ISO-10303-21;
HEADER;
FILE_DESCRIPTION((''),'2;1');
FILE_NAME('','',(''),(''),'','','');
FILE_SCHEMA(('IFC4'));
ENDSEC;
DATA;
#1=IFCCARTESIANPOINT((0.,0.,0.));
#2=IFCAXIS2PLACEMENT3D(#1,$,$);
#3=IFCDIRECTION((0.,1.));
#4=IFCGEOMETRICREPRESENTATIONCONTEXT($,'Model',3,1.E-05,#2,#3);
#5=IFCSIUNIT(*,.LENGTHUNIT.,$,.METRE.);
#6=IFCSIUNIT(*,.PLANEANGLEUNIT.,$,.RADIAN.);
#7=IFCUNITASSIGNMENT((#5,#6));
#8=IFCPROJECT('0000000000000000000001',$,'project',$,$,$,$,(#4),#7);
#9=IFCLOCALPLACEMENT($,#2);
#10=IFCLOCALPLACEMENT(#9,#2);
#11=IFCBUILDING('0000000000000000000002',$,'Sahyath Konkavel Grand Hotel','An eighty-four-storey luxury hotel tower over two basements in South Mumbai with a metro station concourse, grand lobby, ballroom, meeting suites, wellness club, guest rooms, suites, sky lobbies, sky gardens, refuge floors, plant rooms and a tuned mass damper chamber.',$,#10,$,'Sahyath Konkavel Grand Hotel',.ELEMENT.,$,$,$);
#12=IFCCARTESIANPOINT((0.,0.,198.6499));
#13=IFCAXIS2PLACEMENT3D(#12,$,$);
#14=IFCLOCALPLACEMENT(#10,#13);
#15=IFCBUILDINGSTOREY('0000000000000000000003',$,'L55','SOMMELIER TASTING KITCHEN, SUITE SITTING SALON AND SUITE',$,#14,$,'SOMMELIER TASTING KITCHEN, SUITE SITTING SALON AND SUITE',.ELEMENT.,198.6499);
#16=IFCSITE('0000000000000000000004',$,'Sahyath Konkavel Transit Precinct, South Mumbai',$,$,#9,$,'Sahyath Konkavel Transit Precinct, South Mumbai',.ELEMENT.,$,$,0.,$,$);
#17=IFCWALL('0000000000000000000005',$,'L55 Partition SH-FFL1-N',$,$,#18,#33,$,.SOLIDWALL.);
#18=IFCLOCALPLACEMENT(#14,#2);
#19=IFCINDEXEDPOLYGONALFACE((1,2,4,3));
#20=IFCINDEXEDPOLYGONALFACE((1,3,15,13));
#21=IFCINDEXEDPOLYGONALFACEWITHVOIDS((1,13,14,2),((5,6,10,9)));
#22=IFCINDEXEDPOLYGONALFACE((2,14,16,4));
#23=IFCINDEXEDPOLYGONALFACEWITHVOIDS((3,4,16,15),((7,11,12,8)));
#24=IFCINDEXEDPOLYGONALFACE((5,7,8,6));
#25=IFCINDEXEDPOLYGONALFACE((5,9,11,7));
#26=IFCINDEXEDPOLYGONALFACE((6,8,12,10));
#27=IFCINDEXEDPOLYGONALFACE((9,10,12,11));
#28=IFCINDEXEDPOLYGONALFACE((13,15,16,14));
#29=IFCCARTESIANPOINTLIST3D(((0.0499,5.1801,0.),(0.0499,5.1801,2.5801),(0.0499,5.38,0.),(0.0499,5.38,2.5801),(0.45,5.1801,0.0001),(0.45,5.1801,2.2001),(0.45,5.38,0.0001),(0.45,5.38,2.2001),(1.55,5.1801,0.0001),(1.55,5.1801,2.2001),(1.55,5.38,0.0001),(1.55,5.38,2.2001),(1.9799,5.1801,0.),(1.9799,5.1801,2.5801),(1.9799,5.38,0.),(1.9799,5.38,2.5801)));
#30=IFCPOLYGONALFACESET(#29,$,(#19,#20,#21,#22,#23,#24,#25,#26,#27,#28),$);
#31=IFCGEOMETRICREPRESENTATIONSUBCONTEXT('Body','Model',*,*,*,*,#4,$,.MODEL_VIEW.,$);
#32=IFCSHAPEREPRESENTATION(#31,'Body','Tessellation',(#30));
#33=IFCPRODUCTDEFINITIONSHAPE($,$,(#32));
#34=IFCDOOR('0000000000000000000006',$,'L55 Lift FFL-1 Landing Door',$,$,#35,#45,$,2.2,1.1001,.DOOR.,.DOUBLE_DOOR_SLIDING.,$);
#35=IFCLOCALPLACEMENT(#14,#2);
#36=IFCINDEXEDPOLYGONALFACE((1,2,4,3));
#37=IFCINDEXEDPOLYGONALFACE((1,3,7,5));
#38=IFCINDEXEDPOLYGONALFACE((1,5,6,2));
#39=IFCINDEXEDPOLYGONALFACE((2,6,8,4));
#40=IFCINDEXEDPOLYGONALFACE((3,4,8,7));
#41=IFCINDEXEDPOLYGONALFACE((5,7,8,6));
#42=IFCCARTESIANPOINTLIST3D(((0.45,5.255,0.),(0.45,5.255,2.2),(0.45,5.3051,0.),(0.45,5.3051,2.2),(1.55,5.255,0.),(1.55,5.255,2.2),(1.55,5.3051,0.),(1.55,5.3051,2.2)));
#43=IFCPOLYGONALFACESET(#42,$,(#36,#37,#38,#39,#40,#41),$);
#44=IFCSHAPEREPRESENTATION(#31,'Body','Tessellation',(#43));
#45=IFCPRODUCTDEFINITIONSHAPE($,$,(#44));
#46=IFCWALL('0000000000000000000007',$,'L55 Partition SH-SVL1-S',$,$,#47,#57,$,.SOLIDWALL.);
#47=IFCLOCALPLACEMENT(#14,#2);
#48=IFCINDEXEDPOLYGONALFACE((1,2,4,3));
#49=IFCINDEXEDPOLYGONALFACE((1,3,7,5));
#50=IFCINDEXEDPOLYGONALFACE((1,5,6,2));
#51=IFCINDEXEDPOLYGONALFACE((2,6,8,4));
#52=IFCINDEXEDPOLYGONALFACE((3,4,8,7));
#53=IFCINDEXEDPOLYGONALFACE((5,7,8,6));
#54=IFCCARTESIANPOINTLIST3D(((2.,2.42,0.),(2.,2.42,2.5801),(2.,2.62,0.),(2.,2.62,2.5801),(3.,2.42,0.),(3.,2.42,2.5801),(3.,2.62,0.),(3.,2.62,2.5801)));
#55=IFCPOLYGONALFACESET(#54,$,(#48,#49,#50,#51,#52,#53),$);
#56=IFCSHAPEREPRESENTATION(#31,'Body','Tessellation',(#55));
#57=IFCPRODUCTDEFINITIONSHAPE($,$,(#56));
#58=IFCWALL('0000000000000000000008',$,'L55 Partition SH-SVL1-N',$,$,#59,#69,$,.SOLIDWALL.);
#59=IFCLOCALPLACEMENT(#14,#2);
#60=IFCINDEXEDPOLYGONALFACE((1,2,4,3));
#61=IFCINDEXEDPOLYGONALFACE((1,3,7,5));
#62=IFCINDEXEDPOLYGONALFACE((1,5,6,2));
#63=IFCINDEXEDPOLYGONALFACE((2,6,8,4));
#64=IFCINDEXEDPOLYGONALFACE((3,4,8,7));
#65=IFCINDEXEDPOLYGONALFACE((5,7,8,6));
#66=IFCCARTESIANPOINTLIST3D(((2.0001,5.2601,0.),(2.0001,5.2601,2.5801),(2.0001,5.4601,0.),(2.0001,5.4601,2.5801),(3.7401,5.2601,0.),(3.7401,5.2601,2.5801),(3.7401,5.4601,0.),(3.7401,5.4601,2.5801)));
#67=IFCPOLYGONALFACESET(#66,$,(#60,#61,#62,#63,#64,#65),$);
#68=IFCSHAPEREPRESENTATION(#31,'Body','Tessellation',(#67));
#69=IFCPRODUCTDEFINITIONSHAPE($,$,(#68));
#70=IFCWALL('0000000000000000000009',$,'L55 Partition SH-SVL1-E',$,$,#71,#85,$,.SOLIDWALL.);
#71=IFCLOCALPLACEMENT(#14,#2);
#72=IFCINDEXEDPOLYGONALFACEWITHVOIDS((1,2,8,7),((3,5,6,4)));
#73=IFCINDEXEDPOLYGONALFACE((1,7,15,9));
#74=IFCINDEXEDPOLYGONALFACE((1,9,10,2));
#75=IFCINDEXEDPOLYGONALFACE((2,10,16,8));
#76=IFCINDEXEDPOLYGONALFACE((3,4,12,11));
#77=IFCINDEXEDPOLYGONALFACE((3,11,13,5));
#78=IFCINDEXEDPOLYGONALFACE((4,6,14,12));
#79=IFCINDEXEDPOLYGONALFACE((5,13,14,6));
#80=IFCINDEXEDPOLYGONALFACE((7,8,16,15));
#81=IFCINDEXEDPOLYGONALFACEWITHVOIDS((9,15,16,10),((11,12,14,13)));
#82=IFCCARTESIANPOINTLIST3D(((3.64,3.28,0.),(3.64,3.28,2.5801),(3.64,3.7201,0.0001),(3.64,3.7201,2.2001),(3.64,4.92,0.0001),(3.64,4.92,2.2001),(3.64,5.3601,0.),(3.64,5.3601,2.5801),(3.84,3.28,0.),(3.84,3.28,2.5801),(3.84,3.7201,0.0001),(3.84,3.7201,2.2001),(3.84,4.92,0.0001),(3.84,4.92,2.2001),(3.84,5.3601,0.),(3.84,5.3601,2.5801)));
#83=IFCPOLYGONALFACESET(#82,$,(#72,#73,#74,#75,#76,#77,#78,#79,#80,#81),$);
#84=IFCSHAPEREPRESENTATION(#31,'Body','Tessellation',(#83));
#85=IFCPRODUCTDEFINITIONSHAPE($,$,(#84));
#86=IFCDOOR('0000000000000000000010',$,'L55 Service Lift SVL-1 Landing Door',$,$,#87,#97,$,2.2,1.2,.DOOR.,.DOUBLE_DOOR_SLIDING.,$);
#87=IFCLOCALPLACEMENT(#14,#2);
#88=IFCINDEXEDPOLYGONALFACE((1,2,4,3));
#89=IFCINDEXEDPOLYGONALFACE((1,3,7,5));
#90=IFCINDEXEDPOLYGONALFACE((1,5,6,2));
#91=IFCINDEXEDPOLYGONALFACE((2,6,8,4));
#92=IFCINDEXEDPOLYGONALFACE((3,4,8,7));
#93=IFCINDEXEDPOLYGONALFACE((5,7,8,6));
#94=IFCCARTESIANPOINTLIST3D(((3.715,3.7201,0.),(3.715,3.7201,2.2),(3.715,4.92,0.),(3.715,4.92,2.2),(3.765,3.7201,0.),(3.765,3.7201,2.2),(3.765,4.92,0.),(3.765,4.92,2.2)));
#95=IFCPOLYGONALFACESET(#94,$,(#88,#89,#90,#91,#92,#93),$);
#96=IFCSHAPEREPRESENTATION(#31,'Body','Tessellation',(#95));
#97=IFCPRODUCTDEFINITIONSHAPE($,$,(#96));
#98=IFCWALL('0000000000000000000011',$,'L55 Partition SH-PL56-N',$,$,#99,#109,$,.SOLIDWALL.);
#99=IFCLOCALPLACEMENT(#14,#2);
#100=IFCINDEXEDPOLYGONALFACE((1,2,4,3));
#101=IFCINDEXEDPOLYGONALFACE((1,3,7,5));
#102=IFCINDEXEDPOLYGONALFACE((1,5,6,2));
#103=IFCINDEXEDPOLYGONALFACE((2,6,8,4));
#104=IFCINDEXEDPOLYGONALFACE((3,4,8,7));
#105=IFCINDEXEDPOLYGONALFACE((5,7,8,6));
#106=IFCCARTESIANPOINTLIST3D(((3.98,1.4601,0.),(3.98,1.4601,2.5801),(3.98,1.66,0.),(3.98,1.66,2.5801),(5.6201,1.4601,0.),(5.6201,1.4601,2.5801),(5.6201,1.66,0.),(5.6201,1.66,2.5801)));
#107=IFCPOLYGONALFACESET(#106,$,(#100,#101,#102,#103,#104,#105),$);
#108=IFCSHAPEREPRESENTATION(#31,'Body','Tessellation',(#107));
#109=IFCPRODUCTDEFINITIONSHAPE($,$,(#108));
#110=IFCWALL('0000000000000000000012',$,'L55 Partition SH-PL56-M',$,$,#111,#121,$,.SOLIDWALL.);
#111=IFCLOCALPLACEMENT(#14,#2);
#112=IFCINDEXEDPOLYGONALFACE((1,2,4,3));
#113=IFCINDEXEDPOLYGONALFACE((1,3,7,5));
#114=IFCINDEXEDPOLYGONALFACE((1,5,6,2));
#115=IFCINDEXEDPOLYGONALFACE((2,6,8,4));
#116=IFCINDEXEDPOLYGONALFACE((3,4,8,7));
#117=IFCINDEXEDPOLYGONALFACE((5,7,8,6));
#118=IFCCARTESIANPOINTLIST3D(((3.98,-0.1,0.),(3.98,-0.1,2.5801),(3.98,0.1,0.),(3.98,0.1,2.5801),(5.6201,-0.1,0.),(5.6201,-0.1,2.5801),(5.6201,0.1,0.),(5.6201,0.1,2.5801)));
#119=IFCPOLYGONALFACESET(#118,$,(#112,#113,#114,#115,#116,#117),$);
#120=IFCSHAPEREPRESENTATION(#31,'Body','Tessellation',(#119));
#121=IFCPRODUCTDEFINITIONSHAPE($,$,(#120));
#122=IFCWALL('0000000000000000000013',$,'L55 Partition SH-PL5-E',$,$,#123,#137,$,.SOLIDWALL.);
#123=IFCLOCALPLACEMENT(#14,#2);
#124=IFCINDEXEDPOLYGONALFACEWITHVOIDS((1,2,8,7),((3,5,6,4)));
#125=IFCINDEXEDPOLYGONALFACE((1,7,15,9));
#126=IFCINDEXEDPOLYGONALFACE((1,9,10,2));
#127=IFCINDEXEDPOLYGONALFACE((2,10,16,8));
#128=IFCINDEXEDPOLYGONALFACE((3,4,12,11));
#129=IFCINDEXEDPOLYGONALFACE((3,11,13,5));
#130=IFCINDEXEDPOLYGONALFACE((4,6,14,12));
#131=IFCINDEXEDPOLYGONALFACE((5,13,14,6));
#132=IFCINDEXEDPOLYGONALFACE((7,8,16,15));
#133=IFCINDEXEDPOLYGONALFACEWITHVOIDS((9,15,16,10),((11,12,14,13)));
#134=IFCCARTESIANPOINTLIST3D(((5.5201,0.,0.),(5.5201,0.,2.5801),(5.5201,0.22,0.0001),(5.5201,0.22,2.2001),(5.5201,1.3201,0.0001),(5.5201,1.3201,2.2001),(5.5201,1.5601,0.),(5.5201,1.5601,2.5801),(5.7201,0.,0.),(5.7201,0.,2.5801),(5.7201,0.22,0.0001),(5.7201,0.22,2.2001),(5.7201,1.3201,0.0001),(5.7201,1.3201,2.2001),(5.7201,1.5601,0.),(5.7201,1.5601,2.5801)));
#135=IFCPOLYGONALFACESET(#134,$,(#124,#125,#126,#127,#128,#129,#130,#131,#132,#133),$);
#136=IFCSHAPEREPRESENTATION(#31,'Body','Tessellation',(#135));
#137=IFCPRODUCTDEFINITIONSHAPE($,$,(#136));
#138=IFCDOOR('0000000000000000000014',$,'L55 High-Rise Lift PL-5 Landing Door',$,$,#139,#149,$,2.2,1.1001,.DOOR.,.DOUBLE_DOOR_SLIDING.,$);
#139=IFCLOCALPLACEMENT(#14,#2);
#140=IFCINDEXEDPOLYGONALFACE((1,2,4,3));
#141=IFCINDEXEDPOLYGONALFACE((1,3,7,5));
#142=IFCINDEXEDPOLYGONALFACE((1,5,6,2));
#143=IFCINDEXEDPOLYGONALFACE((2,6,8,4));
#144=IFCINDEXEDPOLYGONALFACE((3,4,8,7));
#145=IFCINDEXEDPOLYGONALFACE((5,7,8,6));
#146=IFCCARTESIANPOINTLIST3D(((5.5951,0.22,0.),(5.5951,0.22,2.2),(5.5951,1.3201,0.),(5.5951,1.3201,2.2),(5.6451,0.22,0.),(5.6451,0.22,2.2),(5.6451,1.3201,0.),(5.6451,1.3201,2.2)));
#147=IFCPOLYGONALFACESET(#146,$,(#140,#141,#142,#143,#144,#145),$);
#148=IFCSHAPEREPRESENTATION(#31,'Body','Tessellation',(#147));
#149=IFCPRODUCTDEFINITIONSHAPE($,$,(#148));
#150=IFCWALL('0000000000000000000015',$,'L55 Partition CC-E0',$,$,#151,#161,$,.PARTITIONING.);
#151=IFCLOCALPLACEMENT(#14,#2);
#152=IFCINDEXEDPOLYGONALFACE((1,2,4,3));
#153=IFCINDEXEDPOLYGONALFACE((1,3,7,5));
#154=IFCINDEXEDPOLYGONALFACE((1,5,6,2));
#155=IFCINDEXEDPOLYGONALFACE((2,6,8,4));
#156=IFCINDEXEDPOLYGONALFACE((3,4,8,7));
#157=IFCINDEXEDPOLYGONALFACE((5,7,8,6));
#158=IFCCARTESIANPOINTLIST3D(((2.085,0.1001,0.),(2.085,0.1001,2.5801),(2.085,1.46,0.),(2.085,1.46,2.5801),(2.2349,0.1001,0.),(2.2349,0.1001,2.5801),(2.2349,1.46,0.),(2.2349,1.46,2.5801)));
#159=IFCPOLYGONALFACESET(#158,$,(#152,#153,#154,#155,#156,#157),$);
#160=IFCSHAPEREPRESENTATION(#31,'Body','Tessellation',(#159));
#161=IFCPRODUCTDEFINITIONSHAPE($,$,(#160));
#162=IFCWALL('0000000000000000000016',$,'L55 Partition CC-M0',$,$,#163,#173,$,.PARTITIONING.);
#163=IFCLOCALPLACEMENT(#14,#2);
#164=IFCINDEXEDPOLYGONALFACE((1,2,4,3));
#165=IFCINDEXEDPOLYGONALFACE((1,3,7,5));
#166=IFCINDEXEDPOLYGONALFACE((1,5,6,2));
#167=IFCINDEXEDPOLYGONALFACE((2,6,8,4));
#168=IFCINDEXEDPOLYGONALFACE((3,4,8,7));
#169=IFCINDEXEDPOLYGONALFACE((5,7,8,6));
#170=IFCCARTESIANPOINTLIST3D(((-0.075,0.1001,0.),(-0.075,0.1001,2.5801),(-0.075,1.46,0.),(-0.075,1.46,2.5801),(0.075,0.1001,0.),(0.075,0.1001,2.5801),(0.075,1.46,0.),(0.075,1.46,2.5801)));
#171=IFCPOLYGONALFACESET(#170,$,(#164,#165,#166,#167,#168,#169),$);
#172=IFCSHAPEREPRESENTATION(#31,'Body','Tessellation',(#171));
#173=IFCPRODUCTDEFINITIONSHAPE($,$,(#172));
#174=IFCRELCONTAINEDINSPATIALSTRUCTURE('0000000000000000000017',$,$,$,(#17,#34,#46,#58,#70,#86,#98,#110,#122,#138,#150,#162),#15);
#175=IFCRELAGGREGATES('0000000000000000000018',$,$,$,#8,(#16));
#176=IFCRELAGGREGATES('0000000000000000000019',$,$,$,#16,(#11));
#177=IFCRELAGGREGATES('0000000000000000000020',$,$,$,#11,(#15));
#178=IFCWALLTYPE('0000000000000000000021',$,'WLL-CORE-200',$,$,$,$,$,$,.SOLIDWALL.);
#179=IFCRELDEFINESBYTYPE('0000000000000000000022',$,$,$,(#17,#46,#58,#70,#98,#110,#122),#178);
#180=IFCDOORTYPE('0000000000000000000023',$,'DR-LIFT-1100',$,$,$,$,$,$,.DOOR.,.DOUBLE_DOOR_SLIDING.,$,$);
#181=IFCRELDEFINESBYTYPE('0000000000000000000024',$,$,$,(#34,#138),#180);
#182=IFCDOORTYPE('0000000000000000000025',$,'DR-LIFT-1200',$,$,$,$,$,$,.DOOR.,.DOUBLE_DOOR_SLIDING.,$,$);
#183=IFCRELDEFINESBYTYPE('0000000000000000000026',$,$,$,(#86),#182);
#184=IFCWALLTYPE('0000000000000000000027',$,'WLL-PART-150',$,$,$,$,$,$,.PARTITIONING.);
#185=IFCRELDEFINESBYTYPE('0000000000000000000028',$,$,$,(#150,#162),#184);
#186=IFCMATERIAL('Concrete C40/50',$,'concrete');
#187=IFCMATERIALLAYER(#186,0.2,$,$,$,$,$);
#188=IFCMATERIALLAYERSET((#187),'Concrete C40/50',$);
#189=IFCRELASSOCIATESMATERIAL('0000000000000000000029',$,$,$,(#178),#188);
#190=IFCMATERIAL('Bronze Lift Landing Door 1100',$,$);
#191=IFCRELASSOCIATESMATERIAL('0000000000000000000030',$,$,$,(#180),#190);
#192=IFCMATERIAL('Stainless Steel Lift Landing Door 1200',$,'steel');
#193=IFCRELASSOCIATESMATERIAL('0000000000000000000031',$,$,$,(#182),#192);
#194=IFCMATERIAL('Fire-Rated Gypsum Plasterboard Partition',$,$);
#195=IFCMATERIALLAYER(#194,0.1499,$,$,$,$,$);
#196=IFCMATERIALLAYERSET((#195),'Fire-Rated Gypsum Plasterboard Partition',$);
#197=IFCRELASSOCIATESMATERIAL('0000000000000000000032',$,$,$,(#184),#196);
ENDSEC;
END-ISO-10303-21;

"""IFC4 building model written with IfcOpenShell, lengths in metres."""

from ifc_helpers import new_model, si_unit, direction, frame, frame_2d, origin, origin_2d, place, context, subcontext, project, spatial, rectangle, extrude, source, transform, mapped, material, layer, layer_set, type_object, element, fill, save


model = new_model("IFC4")

# Units and contexts
model_context = context("Model", 3, precision=1e-05, world=origin(), true_north=direction((0.0, 1.0)))
body_context = subcontext(model_context, "Body", "Model", "MODEL_VIEW")
ifc_project = project(units=[si_unit("LENGTHUNIT", "METRE"), si_unit("PLANEANGLEUNIT", "RADIAN")], contexts=[model_context])

# Site, building, storey
site_placement = place(None, origin())
site = spatial("IfcSite", under=ifc_project, at=site_placement, Name="Sahyath Konkavel Transit Precinct, South Mumbai", LongName="Sahyath Konkavel Transit Precinct, South Mumbai", CompositionType="ELEMENT", RefElevation=0.0)
building_placement = place(site_placement, origin())
building = spatial("IfcBuilding", under=site, at=building_placement, Name="Sahyath Konkavel Grand Hotel", Description="An eighty-four-storey luxury hotel tower over two basements in South Mumbai with a metro station concourse, grand lobby, ballroom, meeting suites, wellness club, guest rooms, suites, sky lobbies, sky gardens, refuge floors, plant rooms and a tuned mass damper chamber.", LongName="Sahyath Konkavel Grand Hotel", CompositionType="ELEMENT")
storey_placement = place(building_placement, frame((0.0, 0.0, 198.6499)))
storey = spatial("IfcBuildingStorey", under=building, at=storey_placement, Name="L55", Description="SOMMELIER TASTING KITCHEN, SUITE SITTING SALON AND SUITE", LongName="SOMMELIER TASTING KITCHEN, SUITE SITTING SALON AND SUITE", CompositionType="ELEMENT", Elevation=198.6499)

# Shared definitions
ifc_material_1 = material(Name="Concrete C40/50", Category="concrete")

# Shared definitions
ifc_layer_1 = layer(ifc_material_1, 0.2)
ifc_layer_set_1 = layer_set([ifc_layer_1], Name="Concrete C40/50")
wall_type_1 = type_object("IfcWallType", Name="WLL-CORE-200", PredefinedType="SOLIDWALL", material=ifc_layer_set_1)

# Wall, opening, door
wall_1_placement = place(storey_placement, frame((0.05, 5.28, 0.0), z_axis=(0.0, 0.0, 1.0), x_axis=(1.0, 0.0, 0.0)))
wall_1 = element("IfcWall", 1, at=wall_1_placement, inside=storey, type_object=wall_type_1, Name="L55 Partition SH-FFL1-N", PredefinedType="SOLIDWALL", context=body_context, shape_type="SweptSolid", body=[
    extrude(rectangle(XDim=1.9299, YDim=0.2, at=frame_2d((0.9648, 0.0))), origin(), (0.0, 0.0, 1.0), 2.5801),
])
opening_1_placement = place(wall_1_placement, frame((0.3999, 0.0, 0.0)))
opening_1 = element("IfcOpeningElement", 2, at=opening_1_placement, cuts=wall_1, PredefinedType="OPENING", context=body_context, shape_type="SweptSolid", body=[
    extrude(rectangle(XDim=1.1001, YDim=2.2, at=frame_2d((0.55, 1.1001))), frame((0.0, 0.1099, 0.0), z_axis=(0.0, -1.0, 0.0), x_axis=(1.0, 0.0, 0.0)), (0.0, 0.0, 1.0), 0.22),
])
ifc_material_2 = material(Name="Bronze Lift Landing Door 1100")
door_type_1 = type_object("IfcDoorType", Name="DR-LIFT-1100", OperationType="DOUBLE_DOOR_SLIDING", PredefinedType="DOOR", material=ifc_material_2)
shared_shape_1 = source(origin(), body_context, "Body", "SweptSolid", [
    extrude(rectangle(XDim=1.1001, YDim=0.05, at=origin_2d()), origin(), (0.0, 0.0, 1.0), 2.2),
])
door_1_placement = place(opening_1_placement, frame((0.55, 0.0, 0.0)))
door_1 = element("IfcDoor", 3, at=door_1_placement, inside=storey, type_object=door_type_1, Name="L55 Lift FFL-1 Landing Door", OperationType="DOUBLE_DOOR_SLIDING", OverallHeight=2.2, OverallWidth=1.1001, PredefinedType="DOOR", context=body_context, shape_type="MappedRepresentation", body=[
    mapped(shared_shape_1, transform((0.0, 0.0, 0.0), scale=1.0)),
])
fill(opening_1, door_1)

# Walls
wall_2_placement = place(storey_placement, frame((2.0, 2.52, 0.0), z_axis=(0.0, 0.0, 1.0), x_axis=(1.0, 0.0, 0.0)))
element("IfcWall", 4, at=wall_2_placement, inside=storey, type_object=wall_type_1, Name="L55 Partition SH-SVL1-S", PredefinedType="SOLIDWALL", context=body_context, shape_type="SweptSolid", body=[
    extrude(rectangle(XDim=1.0, YDim=0.2, at=frame_2d((0.5, 0.0))), origin(), (0.0, 0.0, 1.0), 2.5801),
])
wall_3_placement = place(storey_placement, frame((2.0, 5.3601, 0.0), z_axis=(0.0, 0.0, 1.0), x_axis=(1.0, 0.0, 0.0)))
element("IfcWall", 5, at=wall_3_placement, inside=storey, type_object=wall_type_1, Name="L55 Partition SH-SVL1-N", PredefinedType="SOLIDWALL", context=body_context, shape_type="SweptSolid", body=[
    extrude(rectangle(XDim=1.74, YDim=0.2, at=frame_2d((0.8701, 0.0))), origin(), (0.0, 0.0, 1.0), 2.5801),
])

# Wall, opening, door
wall_4_placement = place(storey_placement, frame((3.74, 3.28, 0.0), z_axis=(0.0, 0.0, 1.0), x_axis=(0.0, 1.0, 0.0)))
wall_4 = element("IfcWall", 6, at=wall_4_placement, inside=storey, type_object=wall_type_1, Name="L55 Partition SH-SVL1-E", PredefinedType="SOLIDWALL", context=body_context, shape_type="SweptSolid", body=[
    extrude(rectangle(XDim=2.0801, YDim=0.2, at=frame_2d((1.04, 0.0))), origin(), (0.0, 0.0, 1.0), 2.5801),
])
opening_2_placement = place(wall_4_placement, frame((0.4399, 0.0, 0.0)))
opening_2 = element("IfcOpeningElement", 7, at=opening_2_placement, cuts=wall_4, PredefinedType="OPENING", context=body_context, shape_type="SweptSolid", body=[
    extrude(rectangle(XDim=1.2, YDim=2.2, at=frame_2d((0.6001, 1.1001))), frame((0.0, 0.1099, 0.0), z_axis=(0.0, -1.0, 0.0), x_axis=(1.0, 0.0, 0.0)), (0.0, 0.0, 1.0), 0.22),
])
ifc_material_3 = material(Name="Stainless Steel Lift Landing Door 1200", Category="steel")
door_type_2 = type_object("IfcDoorType", Name="DR-LIFT-1200", OperationType="DOUBLE_DOOR_SLIDING", PredefinedType="DOOR", material=ifc_material_3)
shared_shape_2 = source(origin(), body_context, "Body", "SweptSolid", [
    extrude(rectangle(XDim=1.2, YDim=0.05, at=origin_2d()), origin(), (0.0, 0.0, 1.0), 2.2),
])
door_2_placement = place(opening_2_placement, frame((0.6001, 0.0, 0.0)))
door_2 = element("IfcDoor", 8, at=door_2_placement, inside=storey, type_object=door_type_2, Name="L55 Service Lift SVL-1 Landing Door", OperationType="DOUBLE_DOOR_SLIDING", OverallHeight=2.2, OverallWidth=1.2, PredefinedType="DOOR", context=body_context, shape_type="MappedRepresentation", body=[
    mapped(shared_shape_2, transform((0.0, 0.0, 0.0), scale=1.0)),
])
fill(opening_2, door_2)

# Walls
for number, where, z_axis, x_axis, name in (
    (9, (3.98, 1.5601, 0.0), (0.0, 0.0, 1.0), (1.0, 0.0, 0.0), "L55 Partition SH-PL56-N"),
    (10, (3.98, 0.0, 0.0), (0.0, 0.0, 1.0), (1.0, 0.0, 0.0), "L55 Partition SH-PL56-M"),
):
    element("IfcWall", number, at=place(storey_placement, frame(where, z_axis=z_axis, x_axis=x_axis)), inside=storey, type_object=wall_type_1, Name=name, PredefinedType="SOLIDWALL", context=body_context, shape_type="SweptSolid", body=[
        extrude(rectangle(XDim=1.6401, YDim=0.2, at=frame_2d((0.8201, 0.0))), origin(), (0.0, 0.0, 1.0), 2.5801),
    ])

# Wall, opening, door
wall_5_placement = place(storey_placement, frame((5.6201, 0.0, 0.0), z_axis=(0.0, 0.0, 1.0), x_axis=(0.0, 1.0, 0.0)))
wall_5 = element("IfcWall", 11, at=wall_5_placement, inside=storey, type_object=wall_type_1, Name="L55 Partition SH-PL5-E", PredefinedType="SOLIDWALL", context=body_context, shape_type="SweptSolid", body=[
    extrude(rectangle(XDim=1.5601, YDim=0.2, at=frame_2d((0.78, 0.0))), origin(), (0.0, 0.0, 1.0), 2.5801),
])
opening_3_placement = place(wall_5_placement, frame((0.22, 0.0, 0.0)))
opening_3 = element("IfcOpeningElement", 12, at=opening_3_placement, cuts=wall_5, PredefinedType="OPENING", context=body_context, shape_type="SweptSolid", body=[
    extrude(rectangle(XDim=1.1001, YDim=2.2, at=frame_2d((0.55, 1.1001))), frame((0.0, 0.1099, 0.0), z_axis=(0.0, -1.0, 0.0), x_axis=(1.0, 0.0, 0.0)), (0.0, 0.0, 1.0), 0.22),
])
door_3_placement = place(opening_3_placement, frame((0.55, 0.0, 0.0)))
door_3 = element("IfcDoor", 13, at=door_3_placement, inside=storey, type_object=door_type_1, Name="L55 High-Rise Lift PL-5 Landing Door", OperationType="DOUBLE_DOOR_SLIDING", OverallHeight=2.2, OverallWidth=1.1001, PredefinedType="DOOR", context=body_context, shape_type="MappedRepresentation", body=[
    mapped(shared_shape_1, transform((0.0, 0.0, 0.0), scale=1.0)),
])
fill(opening_3, door_3)

# Walls
ifc_material_4 = material(Name="Fire-Rated Gypsum Plasterboard Partition")
ifc_layer_2 = layer(ifc_material_4, 0.1499)
ifc_layer_set_2 = layer_set([ifc_layer_2], Name="Fire-Rated Gypsum Plasterboard Partition")
wall_type_2 = type_object("IfcWallType", Name="WLL-PART-150", PredefinedType="PARTITIONING", material=ifc_layer_set_2)
for number, where, z_axis, x_axis, name in (
    (14, (2.1599, 0.1001, 0.0), (0.0, 0.0, 1.0), (0.0, 1.0, 0.0), "L55 Partition CC-E0"),
    (15, (0.0, 0.1001, 0.0), (0.0, 0.0, 1.0), (0.0, 1.0, 0.0), "L55 Partition CC-M0"),
):
    element("IfcWall", number, at=place(storey_placement, frame(where, z_axis=z_axis, x_axis=x_axis)), inside=storey, type_object=wall_type_2, Name=name, PredefinedType="PARTITIONING", context=body_context, shape_type="SweptSolid", body=[
        extrude(rectangle(XDim=1.3599, YDim=0.1499, at=frame_2d((0.6799, 0.0))), origin(), (0.0, 0.0, 1.0), 2.5801),
    ])

save(model, "model.ifc")
